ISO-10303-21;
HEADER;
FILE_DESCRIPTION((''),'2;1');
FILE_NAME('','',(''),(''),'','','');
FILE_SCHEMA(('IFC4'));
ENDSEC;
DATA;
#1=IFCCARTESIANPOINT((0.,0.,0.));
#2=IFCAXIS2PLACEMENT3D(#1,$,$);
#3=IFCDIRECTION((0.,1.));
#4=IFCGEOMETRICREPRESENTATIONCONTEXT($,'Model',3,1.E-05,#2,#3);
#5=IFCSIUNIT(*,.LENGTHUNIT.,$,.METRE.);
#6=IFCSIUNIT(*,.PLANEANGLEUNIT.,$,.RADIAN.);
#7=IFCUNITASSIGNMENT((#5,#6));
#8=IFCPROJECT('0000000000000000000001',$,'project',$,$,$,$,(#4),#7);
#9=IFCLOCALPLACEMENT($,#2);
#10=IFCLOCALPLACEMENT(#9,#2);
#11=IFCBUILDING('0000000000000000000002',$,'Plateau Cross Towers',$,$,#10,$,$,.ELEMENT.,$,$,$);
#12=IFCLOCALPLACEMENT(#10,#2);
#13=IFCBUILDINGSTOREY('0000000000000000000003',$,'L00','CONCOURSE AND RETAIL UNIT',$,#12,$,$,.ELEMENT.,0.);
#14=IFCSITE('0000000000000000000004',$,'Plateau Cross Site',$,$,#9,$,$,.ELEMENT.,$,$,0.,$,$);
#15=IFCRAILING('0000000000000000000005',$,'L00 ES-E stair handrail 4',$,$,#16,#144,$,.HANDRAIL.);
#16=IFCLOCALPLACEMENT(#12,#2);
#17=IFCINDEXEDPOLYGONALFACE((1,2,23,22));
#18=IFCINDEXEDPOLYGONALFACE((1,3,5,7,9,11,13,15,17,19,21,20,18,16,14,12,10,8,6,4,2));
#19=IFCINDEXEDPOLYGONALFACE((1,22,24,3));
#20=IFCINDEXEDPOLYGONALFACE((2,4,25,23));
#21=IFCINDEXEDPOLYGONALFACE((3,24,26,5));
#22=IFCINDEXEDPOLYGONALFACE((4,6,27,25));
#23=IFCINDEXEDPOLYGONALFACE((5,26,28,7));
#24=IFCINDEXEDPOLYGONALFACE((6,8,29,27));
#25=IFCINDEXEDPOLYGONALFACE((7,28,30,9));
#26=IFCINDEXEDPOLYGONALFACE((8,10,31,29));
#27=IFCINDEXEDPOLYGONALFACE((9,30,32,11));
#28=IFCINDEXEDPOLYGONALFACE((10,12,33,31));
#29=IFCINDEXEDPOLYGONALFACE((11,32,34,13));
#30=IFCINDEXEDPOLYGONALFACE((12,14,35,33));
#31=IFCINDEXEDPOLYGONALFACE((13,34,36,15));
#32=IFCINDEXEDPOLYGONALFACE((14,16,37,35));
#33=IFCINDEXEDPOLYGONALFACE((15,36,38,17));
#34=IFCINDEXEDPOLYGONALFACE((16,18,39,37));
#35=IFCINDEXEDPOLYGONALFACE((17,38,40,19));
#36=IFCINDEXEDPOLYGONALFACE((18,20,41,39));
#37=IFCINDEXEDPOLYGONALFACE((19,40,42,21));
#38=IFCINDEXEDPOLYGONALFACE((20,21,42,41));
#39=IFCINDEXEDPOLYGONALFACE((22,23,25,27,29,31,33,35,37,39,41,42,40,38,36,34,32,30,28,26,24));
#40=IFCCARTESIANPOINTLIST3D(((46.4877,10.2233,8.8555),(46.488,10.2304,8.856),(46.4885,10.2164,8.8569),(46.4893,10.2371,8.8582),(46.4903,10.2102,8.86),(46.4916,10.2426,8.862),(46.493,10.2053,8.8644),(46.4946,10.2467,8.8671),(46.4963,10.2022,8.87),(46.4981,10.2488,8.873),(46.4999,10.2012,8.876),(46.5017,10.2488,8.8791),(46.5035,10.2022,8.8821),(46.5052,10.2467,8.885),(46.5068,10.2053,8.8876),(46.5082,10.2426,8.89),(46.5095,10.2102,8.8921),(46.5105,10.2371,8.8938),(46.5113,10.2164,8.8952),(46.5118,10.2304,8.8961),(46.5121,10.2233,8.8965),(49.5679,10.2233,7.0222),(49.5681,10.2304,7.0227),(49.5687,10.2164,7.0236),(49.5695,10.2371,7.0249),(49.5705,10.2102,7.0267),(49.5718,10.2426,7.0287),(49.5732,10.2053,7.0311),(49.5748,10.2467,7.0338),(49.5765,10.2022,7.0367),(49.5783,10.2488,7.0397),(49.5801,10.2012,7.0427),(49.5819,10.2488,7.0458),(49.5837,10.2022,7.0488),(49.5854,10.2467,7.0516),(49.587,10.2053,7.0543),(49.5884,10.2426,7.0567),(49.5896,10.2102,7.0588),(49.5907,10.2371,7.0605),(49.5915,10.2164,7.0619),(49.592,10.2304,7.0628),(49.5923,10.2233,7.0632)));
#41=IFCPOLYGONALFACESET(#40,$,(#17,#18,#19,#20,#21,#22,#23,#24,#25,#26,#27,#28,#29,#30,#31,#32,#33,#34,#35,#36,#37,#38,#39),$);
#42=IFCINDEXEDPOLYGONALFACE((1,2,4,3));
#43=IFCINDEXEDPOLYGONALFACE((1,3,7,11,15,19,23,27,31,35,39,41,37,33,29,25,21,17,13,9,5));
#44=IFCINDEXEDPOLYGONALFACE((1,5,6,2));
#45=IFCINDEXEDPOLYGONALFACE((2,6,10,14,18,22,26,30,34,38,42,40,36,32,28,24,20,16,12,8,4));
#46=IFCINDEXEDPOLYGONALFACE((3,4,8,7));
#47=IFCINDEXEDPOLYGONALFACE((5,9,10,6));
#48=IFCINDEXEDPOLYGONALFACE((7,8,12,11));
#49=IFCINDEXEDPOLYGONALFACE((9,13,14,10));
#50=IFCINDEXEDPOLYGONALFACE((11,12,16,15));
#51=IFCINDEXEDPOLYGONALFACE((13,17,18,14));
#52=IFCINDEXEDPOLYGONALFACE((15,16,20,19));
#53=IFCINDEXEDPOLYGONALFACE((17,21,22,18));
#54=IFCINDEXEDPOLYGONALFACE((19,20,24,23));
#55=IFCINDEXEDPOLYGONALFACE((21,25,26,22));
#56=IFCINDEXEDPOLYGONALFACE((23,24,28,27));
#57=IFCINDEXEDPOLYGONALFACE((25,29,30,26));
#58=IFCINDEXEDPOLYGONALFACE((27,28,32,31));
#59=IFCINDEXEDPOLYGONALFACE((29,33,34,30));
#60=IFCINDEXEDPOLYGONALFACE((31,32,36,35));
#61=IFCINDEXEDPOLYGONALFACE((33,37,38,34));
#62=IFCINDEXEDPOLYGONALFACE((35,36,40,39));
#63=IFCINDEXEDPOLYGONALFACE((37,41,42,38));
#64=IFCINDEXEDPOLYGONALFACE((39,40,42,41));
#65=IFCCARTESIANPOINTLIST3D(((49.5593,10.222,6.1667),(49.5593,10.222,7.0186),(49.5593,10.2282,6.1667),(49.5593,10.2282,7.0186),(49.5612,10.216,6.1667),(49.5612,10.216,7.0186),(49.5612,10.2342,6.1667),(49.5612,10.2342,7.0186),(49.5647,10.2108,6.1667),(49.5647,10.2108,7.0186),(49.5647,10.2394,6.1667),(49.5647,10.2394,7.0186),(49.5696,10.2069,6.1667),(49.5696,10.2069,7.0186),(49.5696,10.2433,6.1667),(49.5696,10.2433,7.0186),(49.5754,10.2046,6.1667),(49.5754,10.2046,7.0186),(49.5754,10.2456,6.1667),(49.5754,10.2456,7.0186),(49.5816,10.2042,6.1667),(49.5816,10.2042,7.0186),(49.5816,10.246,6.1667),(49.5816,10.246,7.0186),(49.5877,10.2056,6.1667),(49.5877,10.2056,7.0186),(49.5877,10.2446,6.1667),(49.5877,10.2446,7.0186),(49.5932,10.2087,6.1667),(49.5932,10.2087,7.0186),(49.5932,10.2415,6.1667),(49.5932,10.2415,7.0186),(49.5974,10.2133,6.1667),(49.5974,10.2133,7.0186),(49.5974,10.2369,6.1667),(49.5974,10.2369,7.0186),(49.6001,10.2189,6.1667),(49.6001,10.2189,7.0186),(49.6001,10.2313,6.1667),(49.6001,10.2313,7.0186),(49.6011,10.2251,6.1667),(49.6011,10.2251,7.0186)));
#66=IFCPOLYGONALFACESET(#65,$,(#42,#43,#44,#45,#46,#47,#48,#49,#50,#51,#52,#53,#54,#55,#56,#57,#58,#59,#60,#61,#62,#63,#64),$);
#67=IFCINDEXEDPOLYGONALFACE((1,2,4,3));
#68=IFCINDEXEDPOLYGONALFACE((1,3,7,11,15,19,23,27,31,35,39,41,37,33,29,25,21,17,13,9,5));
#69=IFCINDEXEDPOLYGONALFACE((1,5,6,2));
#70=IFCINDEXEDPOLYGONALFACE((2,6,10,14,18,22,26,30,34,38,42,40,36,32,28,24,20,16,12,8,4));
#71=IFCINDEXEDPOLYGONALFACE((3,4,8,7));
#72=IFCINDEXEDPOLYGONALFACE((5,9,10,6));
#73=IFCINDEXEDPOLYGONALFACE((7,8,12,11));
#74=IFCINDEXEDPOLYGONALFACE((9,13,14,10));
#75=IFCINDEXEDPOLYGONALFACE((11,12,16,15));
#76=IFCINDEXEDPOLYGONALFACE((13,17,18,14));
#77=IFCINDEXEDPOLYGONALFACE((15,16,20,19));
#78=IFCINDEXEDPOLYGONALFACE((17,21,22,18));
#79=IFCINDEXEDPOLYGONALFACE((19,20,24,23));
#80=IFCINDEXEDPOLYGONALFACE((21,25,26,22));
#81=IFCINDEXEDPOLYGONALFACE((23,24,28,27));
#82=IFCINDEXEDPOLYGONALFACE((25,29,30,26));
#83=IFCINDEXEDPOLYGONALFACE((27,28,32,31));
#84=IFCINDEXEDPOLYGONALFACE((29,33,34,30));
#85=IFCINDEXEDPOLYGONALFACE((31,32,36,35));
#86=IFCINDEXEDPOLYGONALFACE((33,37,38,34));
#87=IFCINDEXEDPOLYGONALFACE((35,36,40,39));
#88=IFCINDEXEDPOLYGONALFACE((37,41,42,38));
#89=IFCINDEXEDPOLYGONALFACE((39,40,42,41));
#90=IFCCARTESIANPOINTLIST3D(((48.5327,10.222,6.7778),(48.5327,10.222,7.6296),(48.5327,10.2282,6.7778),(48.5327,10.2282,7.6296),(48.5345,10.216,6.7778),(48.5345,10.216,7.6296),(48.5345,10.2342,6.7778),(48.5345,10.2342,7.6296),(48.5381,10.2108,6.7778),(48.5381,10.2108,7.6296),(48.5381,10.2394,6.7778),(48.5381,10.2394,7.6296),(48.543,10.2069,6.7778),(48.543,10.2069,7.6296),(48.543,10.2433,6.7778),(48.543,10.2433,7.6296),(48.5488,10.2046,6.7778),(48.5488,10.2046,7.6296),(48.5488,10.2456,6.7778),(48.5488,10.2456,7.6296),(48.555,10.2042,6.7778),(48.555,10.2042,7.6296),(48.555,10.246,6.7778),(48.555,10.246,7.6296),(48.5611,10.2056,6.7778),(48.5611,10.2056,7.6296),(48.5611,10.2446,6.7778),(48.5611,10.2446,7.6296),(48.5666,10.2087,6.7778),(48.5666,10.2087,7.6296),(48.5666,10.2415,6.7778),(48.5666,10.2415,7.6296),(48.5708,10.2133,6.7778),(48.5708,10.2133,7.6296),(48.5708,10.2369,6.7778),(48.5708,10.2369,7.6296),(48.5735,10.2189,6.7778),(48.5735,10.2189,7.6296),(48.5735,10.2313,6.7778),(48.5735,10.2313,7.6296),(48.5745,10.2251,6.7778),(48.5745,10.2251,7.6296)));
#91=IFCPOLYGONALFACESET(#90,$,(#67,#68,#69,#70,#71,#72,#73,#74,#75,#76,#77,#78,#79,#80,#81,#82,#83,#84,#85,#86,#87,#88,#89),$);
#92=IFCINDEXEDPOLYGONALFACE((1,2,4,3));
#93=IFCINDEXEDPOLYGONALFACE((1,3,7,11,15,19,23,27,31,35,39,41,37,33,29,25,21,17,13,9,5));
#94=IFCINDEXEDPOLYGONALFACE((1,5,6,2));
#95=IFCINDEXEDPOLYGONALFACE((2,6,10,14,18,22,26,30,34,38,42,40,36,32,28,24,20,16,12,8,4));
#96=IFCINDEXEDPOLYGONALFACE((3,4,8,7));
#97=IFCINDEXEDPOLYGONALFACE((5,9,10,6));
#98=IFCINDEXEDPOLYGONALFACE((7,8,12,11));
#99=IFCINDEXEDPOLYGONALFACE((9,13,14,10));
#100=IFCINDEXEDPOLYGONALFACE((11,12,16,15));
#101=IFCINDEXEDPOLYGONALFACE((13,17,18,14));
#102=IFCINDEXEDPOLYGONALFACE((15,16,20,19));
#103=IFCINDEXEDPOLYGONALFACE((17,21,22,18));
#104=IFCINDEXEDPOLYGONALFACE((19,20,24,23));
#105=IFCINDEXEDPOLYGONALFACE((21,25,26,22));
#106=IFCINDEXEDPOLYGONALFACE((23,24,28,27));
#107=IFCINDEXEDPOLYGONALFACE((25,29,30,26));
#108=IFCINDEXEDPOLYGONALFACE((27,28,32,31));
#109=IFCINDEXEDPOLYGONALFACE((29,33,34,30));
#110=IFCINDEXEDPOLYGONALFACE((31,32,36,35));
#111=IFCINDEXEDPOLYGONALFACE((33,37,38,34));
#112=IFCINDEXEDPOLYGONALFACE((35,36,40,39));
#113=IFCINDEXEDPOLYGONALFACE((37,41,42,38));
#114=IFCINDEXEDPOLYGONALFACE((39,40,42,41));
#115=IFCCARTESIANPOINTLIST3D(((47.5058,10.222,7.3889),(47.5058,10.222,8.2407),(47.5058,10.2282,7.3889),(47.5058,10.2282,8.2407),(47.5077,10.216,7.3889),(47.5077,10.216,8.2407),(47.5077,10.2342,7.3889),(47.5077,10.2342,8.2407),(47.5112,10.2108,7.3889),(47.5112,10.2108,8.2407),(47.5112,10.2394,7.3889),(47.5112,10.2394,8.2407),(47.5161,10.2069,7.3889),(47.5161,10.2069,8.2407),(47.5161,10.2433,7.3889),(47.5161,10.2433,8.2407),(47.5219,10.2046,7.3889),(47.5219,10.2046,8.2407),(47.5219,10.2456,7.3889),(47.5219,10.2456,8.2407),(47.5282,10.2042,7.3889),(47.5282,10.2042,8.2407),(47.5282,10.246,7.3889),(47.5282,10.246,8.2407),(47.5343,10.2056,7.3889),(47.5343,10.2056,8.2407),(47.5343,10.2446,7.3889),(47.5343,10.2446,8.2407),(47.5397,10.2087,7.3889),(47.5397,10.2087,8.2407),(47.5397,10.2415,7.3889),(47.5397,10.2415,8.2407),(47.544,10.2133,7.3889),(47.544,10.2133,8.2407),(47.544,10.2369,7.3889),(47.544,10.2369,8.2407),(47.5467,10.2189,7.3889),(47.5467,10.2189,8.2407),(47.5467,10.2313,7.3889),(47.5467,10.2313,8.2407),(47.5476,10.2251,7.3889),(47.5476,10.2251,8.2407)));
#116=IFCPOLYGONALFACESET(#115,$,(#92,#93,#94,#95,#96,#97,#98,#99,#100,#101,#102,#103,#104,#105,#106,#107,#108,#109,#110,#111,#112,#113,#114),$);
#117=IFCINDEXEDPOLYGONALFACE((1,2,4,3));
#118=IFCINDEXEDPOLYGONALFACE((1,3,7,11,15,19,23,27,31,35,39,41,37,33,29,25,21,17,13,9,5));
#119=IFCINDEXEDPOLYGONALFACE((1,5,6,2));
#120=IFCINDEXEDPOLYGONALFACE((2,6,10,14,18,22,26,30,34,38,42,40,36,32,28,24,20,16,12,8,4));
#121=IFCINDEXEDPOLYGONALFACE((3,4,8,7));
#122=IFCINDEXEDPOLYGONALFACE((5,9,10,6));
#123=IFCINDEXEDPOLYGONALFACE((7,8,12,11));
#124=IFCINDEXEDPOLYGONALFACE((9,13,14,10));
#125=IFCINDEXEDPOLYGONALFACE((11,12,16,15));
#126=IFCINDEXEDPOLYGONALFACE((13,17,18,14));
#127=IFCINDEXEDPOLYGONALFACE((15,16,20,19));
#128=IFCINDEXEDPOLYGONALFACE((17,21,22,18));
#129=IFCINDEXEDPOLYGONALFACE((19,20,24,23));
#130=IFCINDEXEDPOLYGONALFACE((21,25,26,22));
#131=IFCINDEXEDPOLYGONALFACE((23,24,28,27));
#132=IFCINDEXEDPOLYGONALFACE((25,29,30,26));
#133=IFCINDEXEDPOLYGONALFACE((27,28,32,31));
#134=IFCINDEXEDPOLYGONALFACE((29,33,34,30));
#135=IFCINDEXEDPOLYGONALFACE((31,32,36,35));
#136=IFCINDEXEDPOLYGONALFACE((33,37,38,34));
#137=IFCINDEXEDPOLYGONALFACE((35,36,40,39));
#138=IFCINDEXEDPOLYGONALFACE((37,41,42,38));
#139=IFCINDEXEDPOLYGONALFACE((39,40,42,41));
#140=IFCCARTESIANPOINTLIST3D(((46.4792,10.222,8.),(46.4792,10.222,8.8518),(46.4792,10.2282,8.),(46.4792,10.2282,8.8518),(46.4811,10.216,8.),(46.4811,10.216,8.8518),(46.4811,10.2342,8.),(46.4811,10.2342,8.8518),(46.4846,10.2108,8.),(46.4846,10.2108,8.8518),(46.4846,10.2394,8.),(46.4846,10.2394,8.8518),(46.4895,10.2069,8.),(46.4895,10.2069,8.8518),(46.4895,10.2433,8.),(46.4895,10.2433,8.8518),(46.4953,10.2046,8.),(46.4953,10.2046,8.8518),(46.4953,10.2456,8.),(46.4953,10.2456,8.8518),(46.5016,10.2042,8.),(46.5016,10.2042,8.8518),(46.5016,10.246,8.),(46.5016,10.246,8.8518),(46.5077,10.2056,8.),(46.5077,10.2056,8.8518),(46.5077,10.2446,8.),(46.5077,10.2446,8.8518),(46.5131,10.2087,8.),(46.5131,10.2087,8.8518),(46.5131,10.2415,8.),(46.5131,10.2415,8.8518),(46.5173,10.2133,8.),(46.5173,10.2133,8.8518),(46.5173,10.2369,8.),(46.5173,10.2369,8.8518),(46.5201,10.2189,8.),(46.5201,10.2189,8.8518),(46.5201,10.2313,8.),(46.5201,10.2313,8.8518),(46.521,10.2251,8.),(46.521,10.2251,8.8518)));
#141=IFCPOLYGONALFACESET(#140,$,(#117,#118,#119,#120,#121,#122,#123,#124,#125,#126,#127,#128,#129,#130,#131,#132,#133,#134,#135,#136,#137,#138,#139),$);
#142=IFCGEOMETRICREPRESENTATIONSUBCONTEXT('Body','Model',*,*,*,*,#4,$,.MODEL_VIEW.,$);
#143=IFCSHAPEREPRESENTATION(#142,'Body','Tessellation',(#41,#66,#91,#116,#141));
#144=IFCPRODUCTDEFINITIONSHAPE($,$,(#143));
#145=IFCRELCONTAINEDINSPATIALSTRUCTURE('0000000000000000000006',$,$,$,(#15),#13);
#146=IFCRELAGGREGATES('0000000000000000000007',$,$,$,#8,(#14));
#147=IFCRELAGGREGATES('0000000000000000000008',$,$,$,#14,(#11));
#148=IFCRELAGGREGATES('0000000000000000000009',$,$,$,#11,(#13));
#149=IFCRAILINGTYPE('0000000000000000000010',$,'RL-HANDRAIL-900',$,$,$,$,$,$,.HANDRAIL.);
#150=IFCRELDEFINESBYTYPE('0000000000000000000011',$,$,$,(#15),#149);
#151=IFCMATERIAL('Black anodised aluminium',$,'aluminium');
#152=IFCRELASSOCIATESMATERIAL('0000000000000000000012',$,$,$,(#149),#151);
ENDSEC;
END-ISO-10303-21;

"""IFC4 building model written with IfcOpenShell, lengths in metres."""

from ifc_helpers import new_model, si_unit, direction, frame, origin, origin_2d, place, context, subcontext, project, spatial, circle, extrude, material, type_object, element, save


model = new_model("IFC4")

# Units and contexts
model_context = context("Model", 3, precision=1e-05, world=origin(), true_north=direction((0.0, 1.0)))
body_context = subcontext(model_context, "Body", "Model", "MODEL_VIEW")
ifc_project = project(units=[si_unit("LENGTHUNIT", "METRE"), si_unit("PLANEANGLEUNIT", "RADIAN")], contexts=[model_context])

# Site, building, storey
site_placement = place(None, origin())
site = spatial("IfcSite", under=ifc_project, at=site_placement, Name="Plateau Cross Site", CompositionType="ELEMENT", RefElevation=0.0)
building_placement = place(site_placement, origin())
building = spatial("IfcBuilding", under=site, at=building_placement, Name="Plateau Cross Towers", CompositionType="ELEMENT")
storey_placement = place(building_placement, origin())
storey = spatial("IfcBuildingStorey", under=building, at=storey_placement, Name="L00", Description="CONCOURSE AND RETAIL UNIT", CompositionType="ELEMENT", Elevation=0.0)

# Railing
ifc_material_1 = material(Name="Black anodised aluminium", Category="aluminium")
railing_type_1 = type_object("IfcRailingType", Name="RL-HANDRAIL-900", PredefinedType="HANDRAIL", material=ifc_material_1)
railing_1_placement = place(storey_placement, frame((49.5801, 10.2251, 6.1667)))
element("IfcRailing", 1, at=railing_1_placement, inside=storey, type_object=railing_type_1, Name="L00 ES-E stair handrail 4", PredefinedType="HANDRAIL", context=body_context, shape_type="SweptSolid", body=[
    extrude(circle(Radius=0.0239, at=origin_2d()), frame((0.0, 0.0, 0.876), z_axis=(-0.859309, 0.0, 0.511458), x_axis=(0.0, -1.0, 0.0)), (0.0, 0.0, 1.0), 3.5845),
    extrude(circle(Radius=0.021, at=origin_2d()), origin(), (0.0, 0.0, 1.0), 0.8518),
    extrude(circle(Radius=0.021, at=origin_2d()), frame((-1.0266, 0.0, 0.6111)), (0.0, 0.0, 1.0), 0.8518),
    extrude(circle(Radius=0.021, at=origin_2d()), frame((-2.0535, 0.0, 1.2222)), (0.0, 0.0, 1.0), 0.8518),
    extrude(circle(Radius=0.021, at=origin_2d()), frame((-3.0801, 0.0, 1.8333)), (0.0, 0.0, 1.0), 0.8518),
])

save(model, "model.ifc")
